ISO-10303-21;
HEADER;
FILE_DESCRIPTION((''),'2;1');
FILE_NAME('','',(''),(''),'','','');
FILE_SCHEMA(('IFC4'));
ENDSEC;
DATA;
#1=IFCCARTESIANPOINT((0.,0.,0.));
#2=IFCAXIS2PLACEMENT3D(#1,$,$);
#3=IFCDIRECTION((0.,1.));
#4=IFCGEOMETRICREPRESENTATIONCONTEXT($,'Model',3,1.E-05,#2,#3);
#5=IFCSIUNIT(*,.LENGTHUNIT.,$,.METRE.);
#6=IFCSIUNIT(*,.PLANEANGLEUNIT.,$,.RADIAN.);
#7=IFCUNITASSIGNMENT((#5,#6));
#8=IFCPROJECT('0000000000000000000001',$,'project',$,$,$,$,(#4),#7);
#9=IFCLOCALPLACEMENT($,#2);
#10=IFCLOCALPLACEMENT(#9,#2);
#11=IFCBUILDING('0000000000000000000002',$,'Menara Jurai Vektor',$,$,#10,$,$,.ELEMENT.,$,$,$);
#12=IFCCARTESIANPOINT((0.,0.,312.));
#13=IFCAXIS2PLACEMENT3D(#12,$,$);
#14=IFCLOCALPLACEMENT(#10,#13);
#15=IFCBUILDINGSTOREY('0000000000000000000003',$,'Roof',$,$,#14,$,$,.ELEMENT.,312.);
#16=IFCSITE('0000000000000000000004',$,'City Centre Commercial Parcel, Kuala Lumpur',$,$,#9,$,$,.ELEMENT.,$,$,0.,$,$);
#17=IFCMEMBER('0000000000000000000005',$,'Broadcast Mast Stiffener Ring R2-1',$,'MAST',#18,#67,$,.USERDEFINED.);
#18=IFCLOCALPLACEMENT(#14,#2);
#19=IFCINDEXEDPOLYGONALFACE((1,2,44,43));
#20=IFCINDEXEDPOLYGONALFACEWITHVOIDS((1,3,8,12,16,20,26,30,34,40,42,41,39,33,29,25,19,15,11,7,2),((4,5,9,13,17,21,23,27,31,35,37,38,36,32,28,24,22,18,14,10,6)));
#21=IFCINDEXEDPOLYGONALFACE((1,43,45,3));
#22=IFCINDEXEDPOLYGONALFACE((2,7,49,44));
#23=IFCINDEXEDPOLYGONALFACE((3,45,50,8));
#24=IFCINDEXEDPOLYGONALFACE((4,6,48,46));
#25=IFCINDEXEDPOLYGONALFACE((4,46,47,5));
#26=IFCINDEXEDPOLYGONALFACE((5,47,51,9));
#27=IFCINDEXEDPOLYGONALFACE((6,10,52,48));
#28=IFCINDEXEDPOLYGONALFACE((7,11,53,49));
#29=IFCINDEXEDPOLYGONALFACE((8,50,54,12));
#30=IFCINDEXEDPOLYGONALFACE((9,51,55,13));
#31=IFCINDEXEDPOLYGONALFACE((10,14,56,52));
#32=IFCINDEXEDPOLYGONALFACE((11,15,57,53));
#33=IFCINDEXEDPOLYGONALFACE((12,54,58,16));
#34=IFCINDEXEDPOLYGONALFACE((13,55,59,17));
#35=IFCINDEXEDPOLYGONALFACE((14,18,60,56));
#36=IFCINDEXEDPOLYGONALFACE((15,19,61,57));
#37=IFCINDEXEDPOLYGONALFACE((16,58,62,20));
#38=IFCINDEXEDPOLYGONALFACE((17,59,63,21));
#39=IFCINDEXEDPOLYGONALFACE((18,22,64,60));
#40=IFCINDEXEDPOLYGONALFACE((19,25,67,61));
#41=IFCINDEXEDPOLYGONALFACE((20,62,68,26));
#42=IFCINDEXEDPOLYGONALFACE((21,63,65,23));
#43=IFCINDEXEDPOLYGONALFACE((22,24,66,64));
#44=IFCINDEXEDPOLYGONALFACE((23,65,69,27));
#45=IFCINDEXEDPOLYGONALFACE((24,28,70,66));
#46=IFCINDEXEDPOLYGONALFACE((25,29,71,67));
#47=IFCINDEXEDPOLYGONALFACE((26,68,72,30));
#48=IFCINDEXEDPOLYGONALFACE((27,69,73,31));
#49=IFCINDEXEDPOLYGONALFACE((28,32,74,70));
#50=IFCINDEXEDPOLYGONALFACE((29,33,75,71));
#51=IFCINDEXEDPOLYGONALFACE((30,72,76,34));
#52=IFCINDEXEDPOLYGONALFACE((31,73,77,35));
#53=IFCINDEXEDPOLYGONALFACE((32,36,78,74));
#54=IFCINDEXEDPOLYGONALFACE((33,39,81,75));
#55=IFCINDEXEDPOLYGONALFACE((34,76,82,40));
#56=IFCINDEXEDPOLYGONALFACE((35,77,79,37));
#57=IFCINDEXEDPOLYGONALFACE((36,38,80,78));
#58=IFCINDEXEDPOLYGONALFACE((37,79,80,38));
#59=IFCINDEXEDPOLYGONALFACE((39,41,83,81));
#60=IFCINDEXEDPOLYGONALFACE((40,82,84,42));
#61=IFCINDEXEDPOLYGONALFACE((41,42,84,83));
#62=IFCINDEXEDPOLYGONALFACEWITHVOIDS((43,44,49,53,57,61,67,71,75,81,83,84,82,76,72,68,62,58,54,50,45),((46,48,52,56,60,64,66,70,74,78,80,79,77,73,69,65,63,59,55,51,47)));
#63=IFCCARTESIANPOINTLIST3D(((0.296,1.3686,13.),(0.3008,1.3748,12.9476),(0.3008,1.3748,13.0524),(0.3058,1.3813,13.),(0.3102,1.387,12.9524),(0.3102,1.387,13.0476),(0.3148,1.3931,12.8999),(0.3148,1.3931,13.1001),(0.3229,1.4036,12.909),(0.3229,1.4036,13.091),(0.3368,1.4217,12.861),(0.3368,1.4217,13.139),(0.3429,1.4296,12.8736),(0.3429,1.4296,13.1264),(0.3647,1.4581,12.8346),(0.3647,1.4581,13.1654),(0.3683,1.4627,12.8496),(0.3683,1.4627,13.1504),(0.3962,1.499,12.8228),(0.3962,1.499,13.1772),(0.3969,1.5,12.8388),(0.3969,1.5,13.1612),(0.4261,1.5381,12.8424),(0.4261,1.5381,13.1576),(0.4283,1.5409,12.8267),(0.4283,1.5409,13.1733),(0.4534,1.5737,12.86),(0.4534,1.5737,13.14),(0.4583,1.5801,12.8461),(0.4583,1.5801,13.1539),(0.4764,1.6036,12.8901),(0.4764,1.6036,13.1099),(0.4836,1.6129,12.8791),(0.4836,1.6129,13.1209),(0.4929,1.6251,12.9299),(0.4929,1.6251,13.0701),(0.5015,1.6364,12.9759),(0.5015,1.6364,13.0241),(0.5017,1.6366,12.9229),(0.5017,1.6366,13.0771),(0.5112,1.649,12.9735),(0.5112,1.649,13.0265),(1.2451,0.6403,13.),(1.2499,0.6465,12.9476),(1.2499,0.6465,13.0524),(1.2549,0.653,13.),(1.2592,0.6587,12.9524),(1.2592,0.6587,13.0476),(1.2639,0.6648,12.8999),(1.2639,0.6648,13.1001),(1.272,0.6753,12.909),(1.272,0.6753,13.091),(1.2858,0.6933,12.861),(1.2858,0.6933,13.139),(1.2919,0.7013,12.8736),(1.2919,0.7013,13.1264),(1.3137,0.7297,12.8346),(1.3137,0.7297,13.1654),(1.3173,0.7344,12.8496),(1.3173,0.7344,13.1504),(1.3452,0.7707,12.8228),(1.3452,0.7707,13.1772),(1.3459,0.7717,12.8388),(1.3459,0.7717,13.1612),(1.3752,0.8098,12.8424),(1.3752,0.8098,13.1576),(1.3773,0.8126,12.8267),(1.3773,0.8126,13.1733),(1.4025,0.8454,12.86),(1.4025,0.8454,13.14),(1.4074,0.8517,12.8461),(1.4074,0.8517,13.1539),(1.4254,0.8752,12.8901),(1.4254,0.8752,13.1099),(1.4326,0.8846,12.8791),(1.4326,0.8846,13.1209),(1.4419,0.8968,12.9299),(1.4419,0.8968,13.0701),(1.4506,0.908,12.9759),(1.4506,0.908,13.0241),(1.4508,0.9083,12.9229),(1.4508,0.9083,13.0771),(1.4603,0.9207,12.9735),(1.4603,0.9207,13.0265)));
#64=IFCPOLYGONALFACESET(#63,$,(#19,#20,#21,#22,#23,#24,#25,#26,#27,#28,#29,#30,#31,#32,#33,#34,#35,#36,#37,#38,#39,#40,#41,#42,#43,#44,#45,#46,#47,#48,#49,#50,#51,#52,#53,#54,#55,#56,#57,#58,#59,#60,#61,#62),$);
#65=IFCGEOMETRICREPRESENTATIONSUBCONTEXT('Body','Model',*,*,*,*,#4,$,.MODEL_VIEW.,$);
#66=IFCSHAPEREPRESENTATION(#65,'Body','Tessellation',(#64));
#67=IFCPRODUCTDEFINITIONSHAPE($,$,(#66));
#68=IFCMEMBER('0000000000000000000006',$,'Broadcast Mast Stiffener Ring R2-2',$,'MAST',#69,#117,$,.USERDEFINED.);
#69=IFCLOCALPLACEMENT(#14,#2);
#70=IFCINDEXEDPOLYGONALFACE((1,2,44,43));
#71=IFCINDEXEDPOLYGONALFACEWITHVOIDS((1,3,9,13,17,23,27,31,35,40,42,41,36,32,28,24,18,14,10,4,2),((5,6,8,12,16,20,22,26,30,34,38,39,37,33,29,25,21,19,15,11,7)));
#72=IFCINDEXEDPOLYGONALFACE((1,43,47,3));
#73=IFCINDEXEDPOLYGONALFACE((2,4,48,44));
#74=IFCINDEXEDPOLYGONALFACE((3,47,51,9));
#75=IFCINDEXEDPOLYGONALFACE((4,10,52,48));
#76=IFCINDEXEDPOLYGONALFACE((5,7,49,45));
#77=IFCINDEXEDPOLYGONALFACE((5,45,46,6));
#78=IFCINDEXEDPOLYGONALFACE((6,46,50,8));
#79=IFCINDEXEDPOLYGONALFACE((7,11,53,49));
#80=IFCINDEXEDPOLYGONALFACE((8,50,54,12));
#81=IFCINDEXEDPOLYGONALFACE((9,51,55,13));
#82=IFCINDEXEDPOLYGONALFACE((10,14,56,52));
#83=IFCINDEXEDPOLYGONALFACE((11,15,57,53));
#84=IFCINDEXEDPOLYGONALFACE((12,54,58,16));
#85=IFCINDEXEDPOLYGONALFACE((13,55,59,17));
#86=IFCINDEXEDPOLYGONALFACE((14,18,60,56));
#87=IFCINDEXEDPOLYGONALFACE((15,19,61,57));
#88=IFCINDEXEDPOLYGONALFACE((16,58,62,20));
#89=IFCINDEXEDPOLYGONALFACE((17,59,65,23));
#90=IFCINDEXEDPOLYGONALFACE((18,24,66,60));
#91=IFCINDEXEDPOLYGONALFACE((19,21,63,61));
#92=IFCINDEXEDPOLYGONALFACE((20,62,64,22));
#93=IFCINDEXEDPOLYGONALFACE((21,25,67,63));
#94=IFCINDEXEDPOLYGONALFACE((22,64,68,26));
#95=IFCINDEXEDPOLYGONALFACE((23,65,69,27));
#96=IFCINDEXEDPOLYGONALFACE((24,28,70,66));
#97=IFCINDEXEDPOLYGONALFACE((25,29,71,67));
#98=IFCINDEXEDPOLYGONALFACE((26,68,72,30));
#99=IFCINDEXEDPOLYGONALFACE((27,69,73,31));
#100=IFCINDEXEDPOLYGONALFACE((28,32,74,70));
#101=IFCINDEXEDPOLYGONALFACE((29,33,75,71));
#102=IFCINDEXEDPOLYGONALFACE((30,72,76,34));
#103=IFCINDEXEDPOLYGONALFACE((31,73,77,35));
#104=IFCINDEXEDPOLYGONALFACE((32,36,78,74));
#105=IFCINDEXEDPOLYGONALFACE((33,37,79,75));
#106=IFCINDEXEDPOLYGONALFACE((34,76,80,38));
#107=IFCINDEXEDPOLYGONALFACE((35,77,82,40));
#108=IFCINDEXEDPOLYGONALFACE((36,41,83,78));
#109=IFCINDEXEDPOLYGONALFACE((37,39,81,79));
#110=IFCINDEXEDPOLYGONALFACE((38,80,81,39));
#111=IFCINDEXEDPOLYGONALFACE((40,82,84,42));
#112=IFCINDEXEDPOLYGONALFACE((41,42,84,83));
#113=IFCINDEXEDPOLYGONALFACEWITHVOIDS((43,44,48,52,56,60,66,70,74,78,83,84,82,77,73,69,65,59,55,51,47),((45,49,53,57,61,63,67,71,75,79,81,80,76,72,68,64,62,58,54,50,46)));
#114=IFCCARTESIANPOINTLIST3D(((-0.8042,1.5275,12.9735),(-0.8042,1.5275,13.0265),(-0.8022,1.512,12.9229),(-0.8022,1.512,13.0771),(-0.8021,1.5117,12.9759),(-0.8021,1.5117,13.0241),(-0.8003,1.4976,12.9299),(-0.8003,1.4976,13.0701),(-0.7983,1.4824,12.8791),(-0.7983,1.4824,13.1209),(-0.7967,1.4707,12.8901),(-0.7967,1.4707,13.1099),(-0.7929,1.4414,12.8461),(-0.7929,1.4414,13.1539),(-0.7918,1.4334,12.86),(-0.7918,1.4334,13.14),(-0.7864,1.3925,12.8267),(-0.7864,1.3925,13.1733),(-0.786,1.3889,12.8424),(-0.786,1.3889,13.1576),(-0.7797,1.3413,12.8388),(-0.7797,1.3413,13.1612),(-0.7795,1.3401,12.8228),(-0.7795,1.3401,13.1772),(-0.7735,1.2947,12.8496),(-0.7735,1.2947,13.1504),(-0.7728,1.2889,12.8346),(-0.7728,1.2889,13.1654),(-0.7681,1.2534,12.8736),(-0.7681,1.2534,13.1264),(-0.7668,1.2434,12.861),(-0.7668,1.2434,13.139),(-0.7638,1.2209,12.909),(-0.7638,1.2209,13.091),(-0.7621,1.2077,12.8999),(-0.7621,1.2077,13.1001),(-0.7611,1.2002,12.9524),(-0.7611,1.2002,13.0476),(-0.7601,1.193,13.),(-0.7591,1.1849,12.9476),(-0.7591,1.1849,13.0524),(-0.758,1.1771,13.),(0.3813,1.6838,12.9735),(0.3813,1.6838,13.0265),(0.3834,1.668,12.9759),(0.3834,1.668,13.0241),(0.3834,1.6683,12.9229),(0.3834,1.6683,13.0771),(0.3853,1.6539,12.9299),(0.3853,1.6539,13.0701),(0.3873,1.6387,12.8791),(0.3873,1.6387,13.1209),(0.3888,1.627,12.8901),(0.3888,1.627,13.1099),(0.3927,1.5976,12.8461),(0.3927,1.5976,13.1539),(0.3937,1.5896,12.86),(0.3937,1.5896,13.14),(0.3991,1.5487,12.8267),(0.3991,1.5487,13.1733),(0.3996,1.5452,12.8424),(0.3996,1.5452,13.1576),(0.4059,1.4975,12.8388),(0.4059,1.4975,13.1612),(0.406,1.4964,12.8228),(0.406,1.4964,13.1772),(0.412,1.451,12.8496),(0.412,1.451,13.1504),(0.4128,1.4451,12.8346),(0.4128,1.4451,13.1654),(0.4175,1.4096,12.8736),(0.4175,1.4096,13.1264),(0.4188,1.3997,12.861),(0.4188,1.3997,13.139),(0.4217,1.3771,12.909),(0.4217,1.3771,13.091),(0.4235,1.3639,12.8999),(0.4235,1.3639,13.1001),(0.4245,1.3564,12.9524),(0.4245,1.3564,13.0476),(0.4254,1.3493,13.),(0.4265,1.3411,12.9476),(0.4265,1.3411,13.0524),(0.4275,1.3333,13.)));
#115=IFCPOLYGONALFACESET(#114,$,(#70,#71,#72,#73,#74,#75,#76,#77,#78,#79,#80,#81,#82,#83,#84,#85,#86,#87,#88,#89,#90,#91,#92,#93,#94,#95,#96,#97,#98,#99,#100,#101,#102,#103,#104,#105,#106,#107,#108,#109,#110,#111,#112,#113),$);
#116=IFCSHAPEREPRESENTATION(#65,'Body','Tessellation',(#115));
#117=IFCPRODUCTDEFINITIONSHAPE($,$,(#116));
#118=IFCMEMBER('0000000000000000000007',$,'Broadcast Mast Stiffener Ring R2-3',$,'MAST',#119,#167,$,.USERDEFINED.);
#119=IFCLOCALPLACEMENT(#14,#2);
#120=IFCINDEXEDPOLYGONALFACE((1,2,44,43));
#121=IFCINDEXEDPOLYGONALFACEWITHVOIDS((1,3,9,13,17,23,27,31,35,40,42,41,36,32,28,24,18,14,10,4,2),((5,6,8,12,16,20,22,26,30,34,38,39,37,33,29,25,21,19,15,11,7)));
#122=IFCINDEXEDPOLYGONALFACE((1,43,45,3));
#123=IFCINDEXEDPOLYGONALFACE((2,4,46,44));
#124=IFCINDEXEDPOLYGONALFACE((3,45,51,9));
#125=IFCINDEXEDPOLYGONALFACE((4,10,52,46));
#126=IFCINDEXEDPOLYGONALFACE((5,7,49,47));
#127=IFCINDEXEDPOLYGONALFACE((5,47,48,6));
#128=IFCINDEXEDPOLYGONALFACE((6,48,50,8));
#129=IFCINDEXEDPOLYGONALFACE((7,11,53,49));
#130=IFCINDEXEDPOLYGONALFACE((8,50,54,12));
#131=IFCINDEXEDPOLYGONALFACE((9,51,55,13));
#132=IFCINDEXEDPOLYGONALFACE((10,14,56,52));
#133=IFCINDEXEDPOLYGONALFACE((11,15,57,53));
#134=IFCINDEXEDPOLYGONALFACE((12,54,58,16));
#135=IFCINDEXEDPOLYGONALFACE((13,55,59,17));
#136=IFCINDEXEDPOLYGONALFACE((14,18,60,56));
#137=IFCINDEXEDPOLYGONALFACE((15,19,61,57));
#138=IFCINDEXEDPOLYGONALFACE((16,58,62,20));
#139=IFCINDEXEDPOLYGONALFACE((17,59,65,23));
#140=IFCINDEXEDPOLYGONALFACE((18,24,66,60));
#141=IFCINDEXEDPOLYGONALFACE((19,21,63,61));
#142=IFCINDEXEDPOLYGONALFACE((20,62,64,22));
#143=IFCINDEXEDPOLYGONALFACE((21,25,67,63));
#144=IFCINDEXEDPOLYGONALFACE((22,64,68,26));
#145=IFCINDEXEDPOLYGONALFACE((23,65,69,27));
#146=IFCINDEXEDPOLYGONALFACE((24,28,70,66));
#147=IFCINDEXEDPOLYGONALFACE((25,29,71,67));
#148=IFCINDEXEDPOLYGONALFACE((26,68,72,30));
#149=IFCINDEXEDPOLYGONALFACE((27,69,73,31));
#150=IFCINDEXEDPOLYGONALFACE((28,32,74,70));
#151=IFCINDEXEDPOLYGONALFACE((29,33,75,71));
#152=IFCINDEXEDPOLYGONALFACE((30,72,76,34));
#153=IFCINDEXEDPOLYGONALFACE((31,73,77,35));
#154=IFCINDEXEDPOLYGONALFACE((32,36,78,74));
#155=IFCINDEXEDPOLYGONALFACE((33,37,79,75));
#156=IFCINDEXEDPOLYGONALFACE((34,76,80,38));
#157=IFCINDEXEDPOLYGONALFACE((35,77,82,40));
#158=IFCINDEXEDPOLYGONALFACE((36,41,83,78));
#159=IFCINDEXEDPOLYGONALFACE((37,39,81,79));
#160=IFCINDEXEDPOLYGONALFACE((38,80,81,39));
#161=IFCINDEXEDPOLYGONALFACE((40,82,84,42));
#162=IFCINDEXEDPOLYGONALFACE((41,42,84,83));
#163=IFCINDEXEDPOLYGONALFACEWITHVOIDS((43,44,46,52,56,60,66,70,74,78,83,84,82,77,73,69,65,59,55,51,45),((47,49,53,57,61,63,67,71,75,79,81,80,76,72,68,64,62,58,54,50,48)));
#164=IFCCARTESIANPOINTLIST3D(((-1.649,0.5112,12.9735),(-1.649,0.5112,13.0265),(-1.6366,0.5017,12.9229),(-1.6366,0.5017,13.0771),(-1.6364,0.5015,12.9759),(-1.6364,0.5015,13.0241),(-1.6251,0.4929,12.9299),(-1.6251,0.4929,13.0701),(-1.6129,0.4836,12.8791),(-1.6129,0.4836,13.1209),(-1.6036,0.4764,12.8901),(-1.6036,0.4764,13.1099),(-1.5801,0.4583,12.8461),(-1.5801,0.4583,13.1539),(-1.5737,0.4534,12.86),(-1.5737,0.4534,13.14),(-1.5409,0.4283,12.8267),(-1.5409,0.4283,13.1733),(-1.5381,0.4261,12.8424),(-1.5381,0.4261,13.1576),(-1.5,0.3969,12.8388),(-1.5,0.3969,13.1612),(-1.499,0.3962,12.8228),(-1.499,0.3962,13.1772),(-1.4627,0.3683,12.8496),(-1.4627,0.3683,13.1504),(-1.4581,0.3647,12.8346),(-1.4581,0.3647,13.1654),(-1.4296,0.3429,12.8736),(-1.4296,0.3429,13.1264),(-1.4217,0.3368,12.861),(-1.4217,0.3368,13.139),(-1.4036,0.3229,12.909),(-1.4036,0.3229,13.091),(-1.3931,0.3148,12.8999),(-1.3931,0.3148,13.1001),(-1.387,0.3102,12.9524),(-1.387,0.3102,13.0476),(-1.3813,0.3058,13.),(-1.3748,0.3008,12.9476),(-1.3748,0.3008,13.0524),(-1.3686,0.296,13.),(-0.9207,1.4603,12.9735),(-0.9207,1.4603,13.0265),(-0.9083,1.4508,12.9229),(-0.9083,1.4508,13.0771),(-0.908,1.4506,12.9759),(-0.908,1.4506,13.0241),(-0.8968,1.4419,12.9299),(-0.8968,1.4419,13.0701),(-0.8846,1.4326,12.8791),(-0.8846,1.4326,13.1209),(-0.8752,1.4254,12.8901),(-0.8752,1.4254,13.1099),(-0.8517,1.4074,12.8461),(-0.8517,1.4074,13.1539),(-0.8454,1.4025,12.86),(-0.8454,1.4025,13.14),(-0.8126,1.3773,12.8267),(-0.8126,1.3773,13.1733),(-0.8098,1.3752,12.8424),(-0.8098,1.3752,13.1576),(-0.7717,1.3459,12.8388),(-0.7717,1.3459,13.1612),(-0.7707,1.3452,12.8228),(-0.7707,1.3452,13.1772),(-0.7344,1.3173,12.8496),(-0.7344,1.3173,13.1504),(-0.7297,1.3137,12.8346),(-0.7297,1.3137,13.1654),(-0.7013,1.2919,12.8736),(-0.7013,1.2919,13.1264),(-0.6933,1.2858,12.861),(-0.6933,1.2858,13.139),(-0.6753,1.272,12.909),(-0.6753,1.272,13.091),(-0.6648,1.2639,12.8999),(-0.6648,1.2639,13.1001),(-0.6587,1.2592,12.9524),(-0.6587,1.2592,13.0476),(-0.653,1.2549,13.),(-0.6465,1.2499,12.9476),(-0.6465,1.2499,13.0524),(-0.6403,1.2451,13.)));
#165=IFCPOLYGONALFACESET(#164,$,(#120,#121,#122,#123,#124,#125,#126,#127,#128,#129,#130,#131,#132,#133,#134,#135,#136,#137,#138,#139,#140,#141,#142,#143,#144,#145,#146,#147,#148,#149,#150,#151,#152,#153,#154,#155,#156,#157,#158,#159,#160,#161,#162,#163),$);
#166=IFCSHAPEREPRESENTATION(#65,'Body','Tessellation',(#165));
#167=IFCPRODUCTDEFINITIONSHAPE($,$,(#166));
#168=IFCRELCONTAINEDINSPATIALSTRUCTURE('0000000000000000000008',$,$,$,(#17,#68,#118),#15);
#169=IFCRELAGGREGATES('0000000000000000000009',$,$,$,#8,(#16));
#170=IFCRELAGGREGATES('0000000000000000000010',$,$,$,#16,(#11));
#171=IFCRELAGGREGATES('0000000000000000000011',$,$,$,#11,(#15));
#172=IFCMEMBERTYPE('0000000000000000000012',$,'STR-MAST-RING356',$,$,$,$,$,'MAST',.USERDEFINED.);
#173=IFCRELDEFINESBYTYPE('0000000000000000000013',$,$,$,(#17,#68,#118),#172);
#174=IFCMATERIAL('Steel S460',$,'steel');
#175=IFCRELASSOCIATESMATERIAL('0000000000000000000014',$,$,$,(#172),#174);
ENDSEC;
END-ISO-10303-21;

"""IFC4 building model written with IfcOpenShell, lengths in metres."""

from ifc_helpers import new_model, si_unit, direction, frame, origin, origin_2d, place, context, subcontext, project, spatial, hollow_circle, extrude, material, material_profile, profile_set, type_object, element, save


model = new_model("IFC4")

# Units and contexts
model_context = context("Model", 3, precision=1e-05, world=origin(), true_north=direction((0.0, 1.0)))
body_context = subcontext(model_context, "Body", "Model", "MODEL_VIEW")
ifc_project = project(units=[si_unit("LENGTHUNIT", "METRE"), si_unit("PLANEANGLEUNIT", "RADIAN")], contexts=[model_context])

# Site, building, storey
site_placement = place(None, origin())
site = spatial("IfcSite", under=ifc_project, at=site_placement, Name="City Centre Commercial Parcel, Kuala Lumpur", CompositionType="ELEMENT", RefElevation=0.0)
building_placement = place(site_placement, origin())
building = spatial("IfcBuilding", under=site, at=building_placement, Name="Menara Jurai Vektor", CompositionType="ELEMENT")
storey_placement = place(building_placement, frame((0.0, 0.0, 312.0)))
storey = spatial("IfcBuildingStorey", under=building, at=storey_placement, Name="Roof", CompositionType="ELEMENT", Elevation=312.0)

# Members
ifc_material = material(Name="Steel S460", Category="steel")
ifc_material_profile_1 = material_profile(ifc_material, hollow_circle(Radius=0.1777, WallThickness=0.0161, at=origin_2d()), Name="CHS 355.6x16")
ifc_profile_set_1 = profile_set([ifc_material_profile_1], Name="Steel S460")
member_type_1 = type_object("IfcMemberType", Name="STR-MAST-RING356", ElementType="MAST", PredefinedType="USERDEFINED", material=ifc_profile_set_1)
member_1_placement = place(storey_placement, frame((1.3533, 0.7812, 13.0), z_axis=(-0.793314, 0.608813, 0.0), x_axis=(-0.608813, -0.793314, 0.0)))
element("IfcMember", 1, at=member_1_placement, inside=storey, type_object=member_type_1, Name="Broadcast Mast Stiffener Ring R2-1", ObjectType="MAST", PredefinedType="USERDEFINED", context=body_context, shape_type="SweptSolid", body=[
    extrude(hollow_circle(Radius=0.1777, WallThickness=0.0161, at=origin_2d()), origin(), (0.0, 0.0, 1.0), 1.1963),
])
member_2_placement = place(storey_placement, frame((0.4043, 1.5095, 13.0), z_axis=(-0.991426, -0.130666, 0.0), x_axis=(0.130666, -0.991426, 0.0)))
element("IfcMember", 2, at=member_2_placement, inside=storey, type_object=member_type_1, Name="Broadcast Mast Stiffener Ring R2-2", ObjectType="MAST", PredefinedType="USERDEFINED", context=body_context, shape_type="SweptSolid", body=[
    extrude(hollow_circle(Radius=0.1777, WallThickness=0.0161, at=origin_2d()), origin(), (0.0, 0.0, 1.0), 1.1958),
])
member_3_placement = place(storey_placement, frame((-0.7812, 1.3533, 13.0), z_axis=(-0.608813, -0.793314, 0.0), x_axis=(0.793314, -0.608813, 0.0)))
element("IfcMember", 3, at=member_3_placement, inside=storey, type_object=member_type_1, Name="Broadcast Mast Stiffener Ring R2-3", ObjectType="MAST", PredefinedType="USERDEFINED", context=body_context, shape_type="SweptSolid", body=[
    extrude(hollow_circle(Radius=0.1777, WallThickness=0.0161, at=origin_2d()), origin(), (0.0, 0.0, 1.0), 1.1963),
])

save(model, "model.ifc")
